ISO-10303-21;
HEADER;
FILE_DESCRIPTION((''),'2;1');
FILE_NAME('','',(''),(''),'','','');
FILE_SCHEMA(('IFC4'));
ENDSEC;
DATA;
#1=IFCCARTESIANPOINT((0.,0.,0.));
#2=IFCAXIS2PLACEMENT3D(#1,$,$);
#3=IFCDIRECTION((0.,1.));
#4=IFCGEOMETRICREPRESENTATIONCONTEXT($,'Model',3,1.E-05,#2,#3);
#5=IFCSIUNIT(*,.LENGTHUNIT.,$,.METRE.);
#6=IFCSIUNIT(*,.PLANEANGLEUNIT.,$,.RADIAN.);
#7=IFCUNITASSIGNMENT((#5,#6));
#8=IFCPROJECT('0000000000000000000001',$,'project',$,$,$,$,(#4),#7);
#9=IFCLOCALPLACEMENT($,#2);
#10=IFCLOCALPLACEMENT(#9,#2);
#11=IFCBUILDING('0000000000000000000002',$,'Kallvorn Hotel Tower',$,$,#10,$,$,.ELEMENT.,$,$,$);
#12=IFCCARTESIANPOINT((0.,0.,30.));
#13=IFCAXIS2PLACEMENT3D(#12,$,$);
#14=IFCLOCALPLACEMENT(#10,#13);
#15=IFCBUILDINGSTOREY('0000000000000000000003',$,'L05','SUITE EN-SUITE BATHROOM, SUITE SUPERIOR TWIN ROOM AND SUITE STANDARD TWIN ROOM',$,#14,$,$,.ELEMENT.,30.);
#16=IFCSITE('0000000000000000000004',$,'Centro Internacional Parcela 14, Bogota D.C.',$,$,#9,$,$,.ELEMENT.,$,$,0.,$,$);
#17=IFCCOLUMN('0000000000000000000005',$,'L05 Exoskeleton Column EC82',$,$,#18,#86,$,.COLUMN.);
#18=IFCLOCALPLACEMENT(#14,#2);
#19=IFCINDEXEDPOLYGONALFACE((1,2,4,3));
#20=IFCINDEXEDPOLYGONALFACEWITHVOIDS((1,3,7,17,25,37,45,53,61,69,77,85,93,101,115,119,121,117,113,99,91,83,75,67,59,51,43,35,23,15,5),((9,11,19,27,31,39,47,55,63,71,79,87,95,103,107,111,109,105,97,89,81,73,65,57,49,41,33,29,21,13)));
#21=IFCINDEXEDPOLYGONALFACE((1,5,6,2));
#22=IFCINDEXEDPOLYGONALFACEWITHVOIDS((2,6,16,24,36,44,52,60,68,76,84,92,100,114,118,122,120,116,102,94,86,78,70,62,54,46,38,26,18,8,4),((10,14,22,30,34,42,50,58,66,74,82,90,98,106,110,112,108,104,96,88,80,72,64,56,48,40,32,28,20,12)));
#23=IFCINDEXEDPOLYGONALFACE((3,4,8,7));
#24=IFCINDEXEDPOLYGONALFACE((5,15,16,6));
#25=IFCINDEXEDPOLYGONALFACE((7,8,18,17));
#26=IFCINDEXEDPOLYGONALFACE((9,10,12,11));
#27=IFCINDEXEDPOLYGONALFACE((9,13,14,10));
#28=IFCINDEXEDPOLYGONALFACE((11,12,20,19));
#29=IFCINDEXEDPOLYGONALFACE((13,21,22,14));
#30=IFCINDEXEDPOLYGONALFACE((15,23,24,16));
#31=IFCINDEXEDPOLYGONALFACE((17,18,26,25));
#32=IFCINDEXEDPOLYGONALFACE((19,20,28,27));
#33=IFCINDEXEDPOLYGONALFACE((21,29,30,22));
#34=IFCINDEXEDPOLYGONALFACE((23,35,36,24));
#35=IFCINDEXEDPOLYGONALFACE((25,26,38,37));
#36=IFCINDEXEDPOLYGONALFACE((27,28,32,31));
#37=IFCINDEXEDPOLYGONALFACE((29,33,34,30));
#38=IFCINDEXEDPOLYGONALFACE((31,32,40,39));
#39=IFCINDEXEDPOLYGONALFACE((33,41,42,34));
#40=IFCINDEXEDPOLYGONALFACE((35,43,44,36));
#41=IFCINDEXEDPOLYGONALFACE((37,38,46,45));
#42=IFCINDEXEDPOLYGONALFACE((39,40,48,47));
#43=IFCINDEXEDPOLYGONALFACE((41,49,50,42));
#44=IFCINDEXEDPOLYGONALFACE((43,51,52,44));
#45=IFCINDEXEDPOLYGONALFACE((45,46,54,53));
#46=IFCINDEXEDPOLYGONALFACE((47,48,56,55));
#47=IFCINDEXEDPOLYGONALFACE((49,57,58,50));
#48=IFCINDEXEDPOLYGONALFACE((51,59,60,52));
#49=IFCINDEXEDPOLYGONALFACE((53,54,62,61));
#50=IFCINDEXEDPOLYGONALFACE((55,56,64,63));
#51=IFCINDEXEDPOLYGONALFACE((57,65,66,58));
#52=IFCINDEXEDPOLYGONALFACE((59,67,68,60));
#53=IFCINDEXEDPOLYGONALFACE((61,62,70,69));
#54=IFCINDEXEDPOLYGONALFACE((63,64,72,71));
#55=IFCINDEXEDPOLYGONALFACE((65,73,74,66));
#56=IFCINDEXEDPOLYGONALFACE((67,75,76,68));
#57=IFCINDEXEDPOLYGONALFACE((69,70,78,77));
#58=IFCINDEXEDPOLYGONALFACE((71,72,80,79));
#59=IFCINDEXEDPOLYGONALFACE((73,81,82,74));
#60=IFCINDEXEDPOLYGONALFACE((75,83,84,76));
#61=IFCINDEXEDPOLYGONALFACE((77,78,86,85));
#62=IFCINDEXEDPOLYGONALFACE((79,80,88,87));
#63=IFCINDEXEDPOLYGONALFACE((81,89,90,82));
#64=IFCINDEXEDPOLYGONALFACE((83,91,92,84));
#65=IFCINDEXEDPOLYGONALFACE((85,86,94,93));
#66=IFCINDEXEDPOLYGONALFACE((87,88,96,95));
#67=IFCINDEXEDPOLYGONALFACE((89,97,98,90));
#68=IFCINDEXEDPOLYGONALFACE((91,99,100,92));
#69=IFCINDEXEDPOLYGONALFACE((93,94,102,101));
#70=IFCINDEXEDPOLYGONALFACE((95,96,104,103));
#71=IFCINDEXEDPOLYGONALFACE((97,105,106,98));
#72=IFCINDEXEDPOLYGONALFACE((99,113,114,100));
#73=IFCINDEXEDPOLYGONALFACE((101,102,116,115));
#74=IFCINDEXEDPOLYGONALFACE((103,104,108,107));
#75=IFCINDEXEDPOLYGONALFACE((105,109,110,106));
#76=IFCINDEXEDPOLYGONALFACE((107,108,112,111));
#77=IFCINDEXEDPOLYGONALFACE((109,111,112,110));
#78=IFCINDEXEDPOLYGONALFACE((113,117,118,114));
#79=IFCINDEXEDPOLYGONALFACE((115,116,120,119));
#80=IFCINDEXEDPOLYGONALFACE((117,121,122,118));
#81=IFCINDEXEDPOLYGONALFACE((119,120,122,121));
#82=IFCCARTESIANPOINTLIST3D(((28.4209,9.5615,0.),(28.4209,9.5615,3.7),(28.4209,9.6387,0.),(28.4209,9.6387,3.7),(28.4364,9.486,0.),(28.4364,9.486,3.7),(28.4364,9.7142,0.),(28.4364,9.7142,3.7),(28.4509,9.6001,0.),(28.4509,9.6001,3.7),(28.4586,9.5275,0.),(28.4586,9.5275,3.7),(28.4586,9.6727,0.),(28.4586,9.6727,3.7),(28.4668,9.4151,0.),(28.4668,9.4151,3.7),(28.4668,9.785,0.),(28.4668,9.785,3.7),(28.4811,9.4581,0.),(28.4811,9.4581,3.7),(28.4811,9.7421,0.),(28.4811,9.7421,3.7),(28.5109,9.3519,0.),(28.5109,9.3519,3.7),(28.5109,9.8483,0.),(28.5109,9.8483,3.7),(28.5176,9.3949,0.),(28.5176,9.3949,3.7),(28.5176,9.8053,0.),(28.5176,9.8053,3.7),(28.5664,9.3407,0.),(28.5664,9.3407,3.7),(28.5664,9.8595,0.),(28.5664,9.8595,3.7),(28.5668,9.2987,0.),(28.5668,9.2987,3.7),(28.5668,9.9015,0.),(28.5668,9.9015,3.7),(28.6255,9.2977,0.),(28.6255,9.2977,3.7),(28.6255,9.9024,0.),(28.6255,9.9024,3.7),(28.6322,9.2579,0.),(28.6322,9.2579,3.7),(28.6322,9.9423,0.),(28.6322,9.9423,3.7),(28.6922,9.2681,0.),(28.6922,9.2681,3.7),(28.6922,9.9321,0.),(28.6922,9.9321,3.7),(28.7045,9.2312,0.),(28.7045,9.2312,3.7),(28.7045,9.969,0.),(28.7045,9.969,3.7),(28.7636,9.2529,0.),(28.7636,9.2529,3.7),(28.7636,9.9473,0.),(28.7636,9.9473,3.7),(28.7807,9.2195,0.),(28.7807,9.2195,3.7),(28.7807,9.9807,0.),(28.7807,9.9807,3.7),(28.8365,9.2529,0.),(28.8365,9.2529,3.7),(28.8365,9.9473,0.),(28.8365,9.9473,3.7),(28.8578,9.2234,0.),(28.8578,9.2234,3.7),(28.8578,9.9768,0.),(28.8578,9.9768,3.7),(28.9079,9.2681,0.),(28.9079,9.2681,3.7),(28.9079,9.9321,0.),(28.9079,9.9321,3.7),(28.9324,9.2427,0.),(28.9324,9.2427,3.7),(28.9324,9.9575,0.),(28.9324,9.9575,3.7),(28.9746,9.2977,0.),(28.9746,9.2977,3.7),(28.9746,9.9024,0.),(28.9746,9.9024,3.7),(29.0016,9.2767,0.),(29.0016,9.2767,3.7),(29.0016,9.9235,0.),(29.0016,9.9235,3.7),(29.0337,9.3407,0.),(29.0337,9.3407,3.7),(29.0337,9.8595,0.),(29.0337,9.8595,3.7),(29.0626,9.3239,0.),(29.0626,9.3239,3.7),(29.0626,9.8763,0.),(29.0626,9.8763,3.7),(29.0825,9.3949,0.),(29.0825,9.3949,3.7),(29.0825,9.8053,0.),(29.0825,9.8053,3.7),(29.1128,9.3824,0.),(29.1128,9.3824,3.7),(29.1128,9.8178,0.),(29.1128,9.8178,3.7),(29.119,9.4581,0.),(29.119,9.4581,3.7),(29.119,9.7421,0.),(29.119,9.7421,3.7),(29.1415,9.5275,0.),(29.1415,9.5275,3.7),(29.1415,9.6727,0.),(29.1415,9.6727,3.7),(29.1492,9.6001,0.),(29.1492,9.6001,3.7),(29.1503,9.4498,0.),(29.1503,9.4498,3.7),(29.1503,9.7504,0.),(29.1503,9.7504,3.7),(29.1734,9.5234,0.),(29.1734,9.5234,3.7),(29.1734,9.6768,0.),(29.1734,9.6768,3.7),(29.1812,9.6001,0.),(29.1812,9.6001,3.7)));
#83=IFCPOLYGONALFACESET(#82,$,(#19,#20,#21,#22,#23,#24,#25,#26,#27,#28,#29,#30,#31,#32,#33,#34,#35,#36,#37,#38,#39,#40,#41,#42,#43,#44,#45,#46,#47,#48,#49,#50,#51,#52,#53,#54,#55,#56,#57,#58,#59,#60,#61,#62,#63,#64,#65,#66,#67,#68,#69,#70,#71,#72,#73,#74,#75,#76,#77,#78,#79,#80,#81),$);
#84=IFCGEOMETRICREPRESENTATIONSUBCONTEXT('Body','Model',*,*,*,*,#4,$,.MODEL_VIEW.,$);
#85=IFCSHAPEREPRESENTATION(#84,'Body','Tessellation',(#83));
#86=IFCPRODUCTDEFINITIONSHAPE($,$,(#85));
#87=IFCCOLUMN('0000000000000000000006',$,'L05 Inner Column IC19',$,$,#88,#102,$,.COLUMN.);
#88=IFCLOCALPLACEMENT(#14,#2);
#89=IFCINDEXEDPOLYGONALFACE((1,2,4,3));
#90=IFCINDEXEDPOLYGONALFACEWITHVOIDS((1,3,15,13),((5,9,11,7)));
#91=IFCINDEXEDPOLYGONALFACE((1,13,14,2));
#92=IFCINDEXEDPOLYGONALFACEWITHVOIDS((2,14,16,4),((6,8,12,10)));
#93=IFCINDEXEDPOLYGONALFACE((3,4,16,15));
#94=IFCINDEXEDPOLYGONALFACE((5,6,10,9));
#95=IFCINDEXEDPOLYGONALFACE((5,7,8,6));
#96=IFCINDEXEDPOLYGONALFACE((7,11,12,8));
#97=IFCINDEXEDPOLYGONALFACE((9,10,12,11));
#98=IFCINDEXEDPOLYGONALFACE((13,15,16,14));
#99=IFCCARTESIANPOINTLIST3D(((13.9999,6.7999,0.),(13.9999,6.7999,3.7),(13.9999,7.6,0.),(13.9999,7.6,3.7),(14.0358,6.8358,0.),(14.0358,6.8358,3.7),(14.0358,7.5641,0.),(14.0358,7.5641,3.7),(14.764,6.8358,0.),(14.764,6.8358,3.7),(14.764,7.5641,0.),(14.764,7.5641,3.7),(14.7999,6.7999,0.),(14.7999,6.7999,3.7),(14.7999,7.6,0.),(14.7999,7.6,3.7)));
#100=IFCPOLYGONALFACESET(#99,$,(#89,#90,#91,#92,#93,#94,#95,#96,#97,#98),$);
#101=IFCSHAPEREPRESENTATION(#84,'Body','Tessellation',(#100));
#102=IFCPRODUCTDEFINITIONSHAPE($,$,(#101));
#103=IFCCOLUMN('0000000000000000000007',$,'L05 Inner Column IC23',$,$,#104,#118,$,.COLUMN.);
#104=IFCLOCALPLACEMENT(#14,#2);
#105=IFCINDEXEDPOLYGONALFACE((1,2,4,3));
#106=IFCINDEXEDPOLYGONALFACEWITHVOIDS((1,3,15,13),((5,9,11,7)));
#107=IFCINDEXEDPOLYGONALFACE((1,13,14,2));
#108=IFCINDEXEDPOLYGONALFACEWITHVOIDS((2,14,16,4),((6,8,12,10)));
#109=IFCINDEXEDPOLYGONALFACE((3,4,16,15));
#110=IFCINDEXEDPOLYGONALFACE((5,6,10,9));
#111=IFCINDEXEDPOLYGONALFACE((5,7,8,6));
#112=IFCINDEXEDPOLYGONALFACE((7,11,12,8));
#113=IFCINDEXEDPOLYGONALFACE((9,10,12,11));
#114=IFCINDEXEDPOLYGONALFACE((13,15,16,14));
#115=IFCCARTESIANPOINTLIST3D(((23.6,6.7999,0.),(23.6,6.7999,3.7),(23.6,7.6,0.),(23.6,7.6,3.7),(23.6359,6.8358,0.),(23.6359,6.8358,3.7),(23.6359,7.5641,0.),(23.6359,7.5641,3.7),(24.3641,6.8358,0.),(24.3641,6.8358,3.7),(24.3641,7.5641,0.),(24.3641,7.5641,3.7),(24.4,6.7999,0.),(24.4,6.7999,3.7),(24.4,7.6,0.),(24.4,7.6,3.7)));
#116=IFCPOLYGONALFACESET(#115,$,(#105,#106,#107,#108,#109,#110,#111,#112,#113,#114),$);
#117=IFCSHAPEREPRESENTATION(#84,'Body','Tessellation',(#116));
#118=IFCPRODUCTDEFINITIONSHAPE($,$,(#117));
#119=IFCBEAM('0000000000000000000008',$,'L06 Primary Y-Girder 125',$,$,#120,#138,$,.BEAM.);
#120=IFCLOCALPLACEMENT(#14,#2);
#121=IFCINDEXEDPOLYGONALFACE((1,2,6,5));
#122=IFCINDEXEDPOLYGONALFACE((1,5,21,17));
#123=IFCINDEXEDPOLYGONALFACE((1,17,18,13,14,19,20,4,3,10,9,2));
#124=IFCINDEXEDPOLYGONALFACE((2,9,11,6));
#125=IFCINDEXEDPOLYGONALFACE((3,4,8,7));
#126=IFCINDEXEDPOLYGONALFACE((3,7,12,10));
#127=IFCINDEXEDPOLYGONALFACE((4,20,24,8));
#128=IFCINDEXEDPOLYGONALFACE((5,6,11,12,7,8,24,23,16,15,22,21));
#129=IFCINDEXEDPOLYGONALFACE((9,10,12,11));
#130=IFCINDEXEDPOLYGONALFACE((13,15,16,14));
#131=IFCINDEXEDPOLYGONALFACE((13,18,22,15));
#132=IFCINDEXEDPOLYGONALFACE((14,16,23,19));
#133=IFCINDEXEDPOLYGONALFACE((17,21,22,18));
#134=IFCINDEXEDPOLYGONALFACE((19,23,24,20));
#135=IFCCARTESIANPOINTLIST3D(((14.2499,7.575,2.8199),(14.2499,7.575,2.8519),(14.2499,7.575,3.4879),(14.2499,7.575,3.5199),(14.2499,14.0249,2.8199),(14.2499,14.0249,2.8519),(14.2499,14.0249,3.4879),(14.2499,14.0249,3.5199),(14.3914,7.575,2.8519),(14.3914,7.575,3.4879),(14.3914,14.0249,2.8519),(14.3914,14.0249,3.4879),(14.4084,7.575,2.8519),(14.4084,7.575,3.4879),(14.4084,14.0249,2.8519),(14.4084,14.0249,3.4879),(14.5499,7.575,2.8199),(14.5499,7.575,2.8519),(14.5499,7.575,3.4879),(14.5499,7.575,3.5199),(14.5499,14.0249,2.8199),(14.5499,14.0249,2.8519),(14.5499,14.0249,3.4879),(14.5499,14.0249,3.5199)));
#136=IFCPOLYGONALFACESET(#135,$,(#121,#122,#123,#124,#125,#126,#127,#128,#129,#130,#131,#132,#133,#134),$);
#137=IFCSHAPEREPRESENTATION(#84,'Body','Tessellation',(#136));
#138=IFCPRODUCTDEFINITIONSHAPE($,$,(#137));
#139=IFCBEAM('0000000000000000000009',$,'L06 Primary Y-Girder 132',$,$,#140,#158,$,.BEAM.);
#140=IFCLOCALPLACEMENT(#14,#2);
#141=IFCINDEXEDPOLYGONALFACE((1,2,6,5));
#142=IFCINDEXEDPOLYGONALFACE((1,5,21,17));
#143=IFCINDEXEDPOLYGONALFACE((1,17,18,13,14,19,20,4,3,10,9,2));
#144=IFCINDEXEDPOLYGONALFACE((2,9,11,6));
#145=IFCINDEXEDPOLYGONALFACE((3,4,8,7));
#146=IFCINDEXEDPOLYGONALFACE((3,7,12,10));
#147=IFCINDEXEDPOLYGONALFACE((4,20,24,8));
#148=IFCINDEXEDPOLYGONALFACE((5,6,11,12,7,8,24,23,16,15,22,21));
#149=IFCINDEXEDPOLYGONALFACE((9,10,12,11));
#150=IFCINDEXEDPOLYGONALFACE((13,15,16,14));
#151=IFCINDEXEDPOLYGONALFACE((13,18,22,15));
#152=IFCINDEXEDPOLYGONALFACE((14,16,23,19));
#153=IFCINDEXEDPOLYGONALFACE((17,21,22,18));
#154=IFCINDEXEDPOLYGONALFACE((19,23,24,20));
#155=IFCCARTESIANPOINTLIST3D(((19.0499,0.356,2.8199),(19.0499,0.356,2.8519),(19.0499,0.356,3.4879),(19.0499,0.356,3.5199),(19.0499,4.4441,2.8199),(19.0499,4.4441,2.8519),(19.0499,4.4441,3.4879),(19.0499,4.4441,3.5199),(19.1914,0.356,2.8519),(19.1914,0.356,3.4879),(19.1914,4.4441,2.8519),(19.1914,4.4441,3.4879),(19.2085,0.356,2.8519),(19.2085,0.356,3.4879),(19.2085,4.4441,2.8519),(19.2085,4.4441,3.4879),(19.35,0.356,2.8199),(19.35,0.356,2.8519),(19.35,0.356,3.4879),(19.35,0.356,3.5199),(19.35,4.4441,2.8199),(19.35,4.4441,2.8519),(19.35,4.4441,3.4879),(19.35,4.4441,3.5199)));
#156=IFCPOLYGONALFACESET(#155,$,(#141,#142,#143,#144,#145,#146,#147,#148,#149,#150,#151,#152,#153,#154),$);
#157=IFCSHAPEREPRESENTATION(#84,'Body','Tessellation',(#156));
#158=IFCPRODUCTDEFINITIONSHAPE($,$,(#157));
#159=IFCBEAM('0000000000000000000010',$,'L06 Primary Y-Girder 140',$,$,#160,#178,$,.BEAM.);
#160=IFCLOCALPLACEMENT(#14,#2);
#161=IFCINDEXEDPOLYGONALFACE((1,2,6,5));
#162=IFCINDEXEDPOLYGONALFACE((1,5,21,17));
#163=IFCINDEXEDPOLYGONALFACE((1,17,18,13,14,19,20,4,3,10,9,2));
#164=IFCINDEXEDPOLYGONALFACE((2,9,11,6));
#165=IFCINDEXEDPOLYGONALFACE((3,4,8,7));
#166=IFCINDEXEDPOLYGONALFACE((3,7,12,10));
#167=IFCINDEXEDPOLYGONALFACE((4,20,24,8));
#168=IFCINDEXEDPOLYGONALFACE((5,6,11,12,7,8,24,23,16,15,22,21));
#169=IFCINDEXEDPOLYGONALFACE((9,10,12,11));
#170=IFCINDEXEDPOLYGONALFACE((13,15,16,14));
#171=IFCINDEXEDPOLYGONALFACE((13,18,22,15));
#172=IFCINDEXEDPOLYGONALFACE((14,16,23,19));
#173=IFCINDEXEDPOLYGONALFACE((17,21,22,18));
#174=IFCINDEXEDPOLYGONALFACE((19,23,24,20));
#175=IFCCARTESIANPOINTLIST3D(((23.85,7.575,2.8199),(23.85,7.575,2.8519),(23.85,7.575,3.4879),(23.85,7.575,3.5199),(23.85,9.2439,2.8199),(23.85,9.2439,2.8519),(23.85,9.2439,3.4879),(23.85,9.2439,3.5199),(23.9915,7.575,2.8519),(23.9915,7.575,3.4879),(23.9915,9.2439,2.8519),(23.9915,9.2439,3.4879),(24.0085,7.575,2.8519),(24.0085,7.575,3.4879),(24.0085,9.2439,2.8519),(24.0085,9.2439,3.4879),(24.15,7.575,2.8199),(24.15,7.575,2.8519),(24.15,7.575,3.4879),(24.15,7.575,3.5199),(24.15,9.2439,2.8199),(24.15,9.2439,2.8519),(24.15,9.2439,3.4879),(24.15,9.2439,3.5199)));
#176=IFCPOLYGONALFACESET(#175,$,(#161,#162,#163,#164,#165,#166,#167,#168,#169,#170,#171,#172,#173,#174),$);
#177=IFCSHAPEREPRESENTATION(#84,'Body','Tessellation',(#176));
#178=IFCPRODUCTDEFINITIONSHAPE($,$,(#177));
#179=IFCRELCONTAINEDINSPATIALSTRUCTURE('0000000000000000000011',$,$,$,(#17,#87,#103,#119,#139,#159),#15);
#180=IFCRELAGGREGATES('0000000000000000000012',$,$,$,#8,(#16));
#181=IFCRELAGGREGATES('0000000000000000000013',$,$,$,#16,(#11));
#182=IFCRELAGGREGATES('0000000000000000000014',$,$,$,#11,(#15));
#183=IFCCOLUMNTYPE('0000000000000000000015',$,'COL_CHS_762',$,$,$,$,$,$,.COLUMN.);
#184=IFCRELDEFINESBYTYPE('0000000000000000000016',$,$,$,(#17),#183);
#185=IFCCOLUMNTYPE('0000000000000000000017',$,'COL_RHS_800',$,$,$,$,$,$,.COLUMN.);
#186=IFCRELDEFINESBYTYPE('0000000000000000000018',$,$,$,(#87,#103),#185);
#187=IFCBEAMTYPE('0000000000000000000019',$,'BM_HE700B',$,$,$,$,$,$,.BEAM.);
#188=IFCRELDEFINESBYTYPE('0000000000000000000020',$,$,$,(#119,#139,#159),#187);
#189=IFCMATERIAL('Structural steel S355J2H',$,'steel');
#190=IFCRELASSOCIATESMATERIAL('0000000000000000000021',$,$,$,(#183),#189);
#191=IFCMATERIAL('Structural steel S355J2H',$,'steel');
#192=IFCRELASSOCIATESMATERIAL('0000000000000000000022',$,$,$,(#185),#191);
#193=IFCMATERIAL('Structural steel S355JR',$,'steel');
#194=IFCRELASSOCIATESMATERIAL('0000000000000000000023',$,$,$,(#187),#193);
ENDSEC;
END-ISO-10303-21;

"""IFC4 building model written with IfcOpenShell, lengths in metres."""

from ifc_helpers import new_model, si_unit, direction, frame, origin, origin_2d, place, context, subcontext, project, spatial, hollow_rectangle, hollow_circle, i_section, extrude, material, material_profile, profile_set, type_object, element, save


model = new_model("IFC4")

# Units and contexts
model_context = context("Model", 3, precision=1e-05, world=origin(), true_north=direction((0.0, 1.0)))
body_context = subcontext(model_context, "Body", "Model", "MODEL_VIEW")
ifc_project = project(units=[si_unit("LENGTHUNIT", "METRE"), si_unit("PLANEANGLEUNIT", "RADIAN")], contexts=[model_context])

# Site, building, storey
site_placement = place(None, origin())
site = spatial("IfcSite", under=ifc_project, at=site_placement, Name="Centro Internacional Parcela 14, Bogota D.C.", CompositionType="ELEMENT", RefElevation=0.0)
building_placement = place(site_placement, origin())
building = spatial("IfcBuilding", under=site, at=building_placement, Name="Kallvorn Hotel Tower", CompositionType="ELEMENT")
storey_placement = place(building_placement, frame((0.0, 0.0, 30.0)))
storey = spatial("IfcBuildingStorey", under=building, at=storey_placement, Name="L05", Description="SUITE EN-SUITE BATHROOM, SUITE SUPERIOR TWIN ROOM AND SUITE STANDARD TWIN ROOM", CompositionType="ELEMENT", Elevation=30.0)

# Columns
ifc_material_1 = material(Name="Structural steel S355J2H", Category="steel")
ifc_material_profile_1 = material_profile(ifc_material_1, hollow_circle(Radius=0.3811, WallThickness=0.032, at=origin_2d()), Name="CHS 762x32")
ifc_profile_set_1 = profile_set([ifc_material_profile_1], Name="Structural steel S355J2H")
column_type_1 = type_object("IfcColumnType", Name="COL_CHS_762", PredefinedType="COLUMN", material=ifc_profile_set_1)
for number, where, z_axis, x_axis, name in (
    (1, (28.8, 9.6001, 0.0), (0.0, 0.0, 1.0), (1.0, 0.0, 0.0), "L05 Exoskeleton Column EC82"),
):
    element("IfcColumn", number, at=place(storey_placement, frame(where, z_axis=z_axis, x_axis=x_axis)), inside=storey, type_object=column_type_1, Name=name, PredefinedType="COLUMN", context=body_context, shape_type="SweptSolid", body=[
        extrude(hollow_circle(Radius=0.3811, WallThickness=0.032, at=origin_2d()), origin(), (0.0, 0.0, 1.0), 3.7),
    ])
ifc_material_2 = material(Name="Structural steel S355J2H", Category="steel")
ifc_material_profile_2 = material_profile(ifc_material_2, hollow_rectangle(XDim=0.8, YDim=0.8, WallThickness=0.0359, at=origin_2d()), Name="RHS 800x800x36")
ifc_profile_set_2 = profile_set([ifc_material_profile_2], Name="Structural steel S355J2H")
column_type_2 = type_object("IfcColumnType", Name="COL_RHS_800", PredefinedType="COLUMN", material=ifc_profile_set_2)
for number, where, z_axis, x_axis, name in (
    (2, (14.3999, 7.2, 0.0), (0.0, 0.0, 1.0), (1.0, 0.0, 0.0), "L05 Inner Column IC19"),
    (3, (24.0, 7.2, 0.0), (0.0, 0.0, 1.0), (1.0, 0.0, 0.0), "L05 Inner Column IC23"),
):
    element("IfcColumn", number, at=place(storey_placement, frame(where, z_axis=z_axis, x_axis=x_axis)), inside=storey, type_object=column_type_2, Name=name, PredefinedType="COLUMN", context=body_context, shape_type="SweptSolid", body=[
        extrude(hollow_rectangle(XDim=0.8, YDim=0.8, WallThickness=0.0359, at=origin_2d()), origin(), (0.0, 0.0, 1.0), 3.7),
    ])

# Beams
ifc_material_3 = material(Name="Structural steel S355JR", Category="steel")
ifc_material_profile_3 = material_profile(ifc_material_3, i_section(OverallWidth=0.3, OverallDepth=0.7, WebThickness=0.0171, FlangeThickness=0.032, at=origin_2d()), Name="HE 700 B")
ifc_profile_set_3 = profile_set([ifc_material_profile_3], Name="Structural steel S355JR")
beam_type_1 = type_object("IfcBeamType", Name="BM_HE700B", PredefinedType="BEAM", material=ifc_profile_set_3)
beam_1_placement = place(storey_placement, frame((14.3999, 7.575, 3.1699), z_axis=(0.0, 1.0, 0.0), x_axis=(-1.0, 0.0, 0.0)))
element("IfcBeam", 4, at=beam_1_placement, inside=storey, type_object=beam_type_1, Name="L06 Primary Y-Girder 125", PredefinedType="BEAM", context=body_context, shape_type="SweptSolid", body=[
    extrude(i_section(OverallWidth=0.3, OverallDepth=0.7, WebThickness=0.0171, FlangeThickness=0.032, at=origin_2d()), origin(), (0.0, 0.0, 1.0), 6.45),
])
beam_2_placement = place(storey_placement, frame((19.2, 0.356, 3.1699), z_axis=(0.0, 1.0, 0.0), x_axis=(-1.0, 0.0, 0.0)))
element("IfcBeam", 5, at=beam_2_placement, inside=storey, type_object=beam_type_1, Name="L06 Primary Y-Girder 132", PredefinedType="BEAM", context=body_context, shape_type="SweptSolid", body=[
    extrude(i_section(OverallWidth=0.3, OverallDepth=0.7, WebThickness=0.0171, FlangeThickness=0.032, at=origin_2d()), origin(), (0.0, 0.0, 1.0), 4.0881),
])
beam_3_placement = place(storey_placement, frame((24.0, 7.575, 3.1699), z_axis=(0.0, 1.0, 0.0), x_axis=(-1.0, 0.0, 0.0)))
element("IfcBeam", 6, at=beam_3_placement, inside=storey, type_object=beam_type_1, Name="L06 Primary Y-Girder 140", PredefinedType="BEAM", context=body_context, shape_type="SweptSolid", body=[
    extrude(i_section(OverallWidth=0.3, OverallDepth=0.7, WebThickness=0.0171, FlangeThickness=0.032, at=origin_2d()), origin(), (0.0, 0.0, 1.0), 1.6689),
])

save(model, "model.ifc")
